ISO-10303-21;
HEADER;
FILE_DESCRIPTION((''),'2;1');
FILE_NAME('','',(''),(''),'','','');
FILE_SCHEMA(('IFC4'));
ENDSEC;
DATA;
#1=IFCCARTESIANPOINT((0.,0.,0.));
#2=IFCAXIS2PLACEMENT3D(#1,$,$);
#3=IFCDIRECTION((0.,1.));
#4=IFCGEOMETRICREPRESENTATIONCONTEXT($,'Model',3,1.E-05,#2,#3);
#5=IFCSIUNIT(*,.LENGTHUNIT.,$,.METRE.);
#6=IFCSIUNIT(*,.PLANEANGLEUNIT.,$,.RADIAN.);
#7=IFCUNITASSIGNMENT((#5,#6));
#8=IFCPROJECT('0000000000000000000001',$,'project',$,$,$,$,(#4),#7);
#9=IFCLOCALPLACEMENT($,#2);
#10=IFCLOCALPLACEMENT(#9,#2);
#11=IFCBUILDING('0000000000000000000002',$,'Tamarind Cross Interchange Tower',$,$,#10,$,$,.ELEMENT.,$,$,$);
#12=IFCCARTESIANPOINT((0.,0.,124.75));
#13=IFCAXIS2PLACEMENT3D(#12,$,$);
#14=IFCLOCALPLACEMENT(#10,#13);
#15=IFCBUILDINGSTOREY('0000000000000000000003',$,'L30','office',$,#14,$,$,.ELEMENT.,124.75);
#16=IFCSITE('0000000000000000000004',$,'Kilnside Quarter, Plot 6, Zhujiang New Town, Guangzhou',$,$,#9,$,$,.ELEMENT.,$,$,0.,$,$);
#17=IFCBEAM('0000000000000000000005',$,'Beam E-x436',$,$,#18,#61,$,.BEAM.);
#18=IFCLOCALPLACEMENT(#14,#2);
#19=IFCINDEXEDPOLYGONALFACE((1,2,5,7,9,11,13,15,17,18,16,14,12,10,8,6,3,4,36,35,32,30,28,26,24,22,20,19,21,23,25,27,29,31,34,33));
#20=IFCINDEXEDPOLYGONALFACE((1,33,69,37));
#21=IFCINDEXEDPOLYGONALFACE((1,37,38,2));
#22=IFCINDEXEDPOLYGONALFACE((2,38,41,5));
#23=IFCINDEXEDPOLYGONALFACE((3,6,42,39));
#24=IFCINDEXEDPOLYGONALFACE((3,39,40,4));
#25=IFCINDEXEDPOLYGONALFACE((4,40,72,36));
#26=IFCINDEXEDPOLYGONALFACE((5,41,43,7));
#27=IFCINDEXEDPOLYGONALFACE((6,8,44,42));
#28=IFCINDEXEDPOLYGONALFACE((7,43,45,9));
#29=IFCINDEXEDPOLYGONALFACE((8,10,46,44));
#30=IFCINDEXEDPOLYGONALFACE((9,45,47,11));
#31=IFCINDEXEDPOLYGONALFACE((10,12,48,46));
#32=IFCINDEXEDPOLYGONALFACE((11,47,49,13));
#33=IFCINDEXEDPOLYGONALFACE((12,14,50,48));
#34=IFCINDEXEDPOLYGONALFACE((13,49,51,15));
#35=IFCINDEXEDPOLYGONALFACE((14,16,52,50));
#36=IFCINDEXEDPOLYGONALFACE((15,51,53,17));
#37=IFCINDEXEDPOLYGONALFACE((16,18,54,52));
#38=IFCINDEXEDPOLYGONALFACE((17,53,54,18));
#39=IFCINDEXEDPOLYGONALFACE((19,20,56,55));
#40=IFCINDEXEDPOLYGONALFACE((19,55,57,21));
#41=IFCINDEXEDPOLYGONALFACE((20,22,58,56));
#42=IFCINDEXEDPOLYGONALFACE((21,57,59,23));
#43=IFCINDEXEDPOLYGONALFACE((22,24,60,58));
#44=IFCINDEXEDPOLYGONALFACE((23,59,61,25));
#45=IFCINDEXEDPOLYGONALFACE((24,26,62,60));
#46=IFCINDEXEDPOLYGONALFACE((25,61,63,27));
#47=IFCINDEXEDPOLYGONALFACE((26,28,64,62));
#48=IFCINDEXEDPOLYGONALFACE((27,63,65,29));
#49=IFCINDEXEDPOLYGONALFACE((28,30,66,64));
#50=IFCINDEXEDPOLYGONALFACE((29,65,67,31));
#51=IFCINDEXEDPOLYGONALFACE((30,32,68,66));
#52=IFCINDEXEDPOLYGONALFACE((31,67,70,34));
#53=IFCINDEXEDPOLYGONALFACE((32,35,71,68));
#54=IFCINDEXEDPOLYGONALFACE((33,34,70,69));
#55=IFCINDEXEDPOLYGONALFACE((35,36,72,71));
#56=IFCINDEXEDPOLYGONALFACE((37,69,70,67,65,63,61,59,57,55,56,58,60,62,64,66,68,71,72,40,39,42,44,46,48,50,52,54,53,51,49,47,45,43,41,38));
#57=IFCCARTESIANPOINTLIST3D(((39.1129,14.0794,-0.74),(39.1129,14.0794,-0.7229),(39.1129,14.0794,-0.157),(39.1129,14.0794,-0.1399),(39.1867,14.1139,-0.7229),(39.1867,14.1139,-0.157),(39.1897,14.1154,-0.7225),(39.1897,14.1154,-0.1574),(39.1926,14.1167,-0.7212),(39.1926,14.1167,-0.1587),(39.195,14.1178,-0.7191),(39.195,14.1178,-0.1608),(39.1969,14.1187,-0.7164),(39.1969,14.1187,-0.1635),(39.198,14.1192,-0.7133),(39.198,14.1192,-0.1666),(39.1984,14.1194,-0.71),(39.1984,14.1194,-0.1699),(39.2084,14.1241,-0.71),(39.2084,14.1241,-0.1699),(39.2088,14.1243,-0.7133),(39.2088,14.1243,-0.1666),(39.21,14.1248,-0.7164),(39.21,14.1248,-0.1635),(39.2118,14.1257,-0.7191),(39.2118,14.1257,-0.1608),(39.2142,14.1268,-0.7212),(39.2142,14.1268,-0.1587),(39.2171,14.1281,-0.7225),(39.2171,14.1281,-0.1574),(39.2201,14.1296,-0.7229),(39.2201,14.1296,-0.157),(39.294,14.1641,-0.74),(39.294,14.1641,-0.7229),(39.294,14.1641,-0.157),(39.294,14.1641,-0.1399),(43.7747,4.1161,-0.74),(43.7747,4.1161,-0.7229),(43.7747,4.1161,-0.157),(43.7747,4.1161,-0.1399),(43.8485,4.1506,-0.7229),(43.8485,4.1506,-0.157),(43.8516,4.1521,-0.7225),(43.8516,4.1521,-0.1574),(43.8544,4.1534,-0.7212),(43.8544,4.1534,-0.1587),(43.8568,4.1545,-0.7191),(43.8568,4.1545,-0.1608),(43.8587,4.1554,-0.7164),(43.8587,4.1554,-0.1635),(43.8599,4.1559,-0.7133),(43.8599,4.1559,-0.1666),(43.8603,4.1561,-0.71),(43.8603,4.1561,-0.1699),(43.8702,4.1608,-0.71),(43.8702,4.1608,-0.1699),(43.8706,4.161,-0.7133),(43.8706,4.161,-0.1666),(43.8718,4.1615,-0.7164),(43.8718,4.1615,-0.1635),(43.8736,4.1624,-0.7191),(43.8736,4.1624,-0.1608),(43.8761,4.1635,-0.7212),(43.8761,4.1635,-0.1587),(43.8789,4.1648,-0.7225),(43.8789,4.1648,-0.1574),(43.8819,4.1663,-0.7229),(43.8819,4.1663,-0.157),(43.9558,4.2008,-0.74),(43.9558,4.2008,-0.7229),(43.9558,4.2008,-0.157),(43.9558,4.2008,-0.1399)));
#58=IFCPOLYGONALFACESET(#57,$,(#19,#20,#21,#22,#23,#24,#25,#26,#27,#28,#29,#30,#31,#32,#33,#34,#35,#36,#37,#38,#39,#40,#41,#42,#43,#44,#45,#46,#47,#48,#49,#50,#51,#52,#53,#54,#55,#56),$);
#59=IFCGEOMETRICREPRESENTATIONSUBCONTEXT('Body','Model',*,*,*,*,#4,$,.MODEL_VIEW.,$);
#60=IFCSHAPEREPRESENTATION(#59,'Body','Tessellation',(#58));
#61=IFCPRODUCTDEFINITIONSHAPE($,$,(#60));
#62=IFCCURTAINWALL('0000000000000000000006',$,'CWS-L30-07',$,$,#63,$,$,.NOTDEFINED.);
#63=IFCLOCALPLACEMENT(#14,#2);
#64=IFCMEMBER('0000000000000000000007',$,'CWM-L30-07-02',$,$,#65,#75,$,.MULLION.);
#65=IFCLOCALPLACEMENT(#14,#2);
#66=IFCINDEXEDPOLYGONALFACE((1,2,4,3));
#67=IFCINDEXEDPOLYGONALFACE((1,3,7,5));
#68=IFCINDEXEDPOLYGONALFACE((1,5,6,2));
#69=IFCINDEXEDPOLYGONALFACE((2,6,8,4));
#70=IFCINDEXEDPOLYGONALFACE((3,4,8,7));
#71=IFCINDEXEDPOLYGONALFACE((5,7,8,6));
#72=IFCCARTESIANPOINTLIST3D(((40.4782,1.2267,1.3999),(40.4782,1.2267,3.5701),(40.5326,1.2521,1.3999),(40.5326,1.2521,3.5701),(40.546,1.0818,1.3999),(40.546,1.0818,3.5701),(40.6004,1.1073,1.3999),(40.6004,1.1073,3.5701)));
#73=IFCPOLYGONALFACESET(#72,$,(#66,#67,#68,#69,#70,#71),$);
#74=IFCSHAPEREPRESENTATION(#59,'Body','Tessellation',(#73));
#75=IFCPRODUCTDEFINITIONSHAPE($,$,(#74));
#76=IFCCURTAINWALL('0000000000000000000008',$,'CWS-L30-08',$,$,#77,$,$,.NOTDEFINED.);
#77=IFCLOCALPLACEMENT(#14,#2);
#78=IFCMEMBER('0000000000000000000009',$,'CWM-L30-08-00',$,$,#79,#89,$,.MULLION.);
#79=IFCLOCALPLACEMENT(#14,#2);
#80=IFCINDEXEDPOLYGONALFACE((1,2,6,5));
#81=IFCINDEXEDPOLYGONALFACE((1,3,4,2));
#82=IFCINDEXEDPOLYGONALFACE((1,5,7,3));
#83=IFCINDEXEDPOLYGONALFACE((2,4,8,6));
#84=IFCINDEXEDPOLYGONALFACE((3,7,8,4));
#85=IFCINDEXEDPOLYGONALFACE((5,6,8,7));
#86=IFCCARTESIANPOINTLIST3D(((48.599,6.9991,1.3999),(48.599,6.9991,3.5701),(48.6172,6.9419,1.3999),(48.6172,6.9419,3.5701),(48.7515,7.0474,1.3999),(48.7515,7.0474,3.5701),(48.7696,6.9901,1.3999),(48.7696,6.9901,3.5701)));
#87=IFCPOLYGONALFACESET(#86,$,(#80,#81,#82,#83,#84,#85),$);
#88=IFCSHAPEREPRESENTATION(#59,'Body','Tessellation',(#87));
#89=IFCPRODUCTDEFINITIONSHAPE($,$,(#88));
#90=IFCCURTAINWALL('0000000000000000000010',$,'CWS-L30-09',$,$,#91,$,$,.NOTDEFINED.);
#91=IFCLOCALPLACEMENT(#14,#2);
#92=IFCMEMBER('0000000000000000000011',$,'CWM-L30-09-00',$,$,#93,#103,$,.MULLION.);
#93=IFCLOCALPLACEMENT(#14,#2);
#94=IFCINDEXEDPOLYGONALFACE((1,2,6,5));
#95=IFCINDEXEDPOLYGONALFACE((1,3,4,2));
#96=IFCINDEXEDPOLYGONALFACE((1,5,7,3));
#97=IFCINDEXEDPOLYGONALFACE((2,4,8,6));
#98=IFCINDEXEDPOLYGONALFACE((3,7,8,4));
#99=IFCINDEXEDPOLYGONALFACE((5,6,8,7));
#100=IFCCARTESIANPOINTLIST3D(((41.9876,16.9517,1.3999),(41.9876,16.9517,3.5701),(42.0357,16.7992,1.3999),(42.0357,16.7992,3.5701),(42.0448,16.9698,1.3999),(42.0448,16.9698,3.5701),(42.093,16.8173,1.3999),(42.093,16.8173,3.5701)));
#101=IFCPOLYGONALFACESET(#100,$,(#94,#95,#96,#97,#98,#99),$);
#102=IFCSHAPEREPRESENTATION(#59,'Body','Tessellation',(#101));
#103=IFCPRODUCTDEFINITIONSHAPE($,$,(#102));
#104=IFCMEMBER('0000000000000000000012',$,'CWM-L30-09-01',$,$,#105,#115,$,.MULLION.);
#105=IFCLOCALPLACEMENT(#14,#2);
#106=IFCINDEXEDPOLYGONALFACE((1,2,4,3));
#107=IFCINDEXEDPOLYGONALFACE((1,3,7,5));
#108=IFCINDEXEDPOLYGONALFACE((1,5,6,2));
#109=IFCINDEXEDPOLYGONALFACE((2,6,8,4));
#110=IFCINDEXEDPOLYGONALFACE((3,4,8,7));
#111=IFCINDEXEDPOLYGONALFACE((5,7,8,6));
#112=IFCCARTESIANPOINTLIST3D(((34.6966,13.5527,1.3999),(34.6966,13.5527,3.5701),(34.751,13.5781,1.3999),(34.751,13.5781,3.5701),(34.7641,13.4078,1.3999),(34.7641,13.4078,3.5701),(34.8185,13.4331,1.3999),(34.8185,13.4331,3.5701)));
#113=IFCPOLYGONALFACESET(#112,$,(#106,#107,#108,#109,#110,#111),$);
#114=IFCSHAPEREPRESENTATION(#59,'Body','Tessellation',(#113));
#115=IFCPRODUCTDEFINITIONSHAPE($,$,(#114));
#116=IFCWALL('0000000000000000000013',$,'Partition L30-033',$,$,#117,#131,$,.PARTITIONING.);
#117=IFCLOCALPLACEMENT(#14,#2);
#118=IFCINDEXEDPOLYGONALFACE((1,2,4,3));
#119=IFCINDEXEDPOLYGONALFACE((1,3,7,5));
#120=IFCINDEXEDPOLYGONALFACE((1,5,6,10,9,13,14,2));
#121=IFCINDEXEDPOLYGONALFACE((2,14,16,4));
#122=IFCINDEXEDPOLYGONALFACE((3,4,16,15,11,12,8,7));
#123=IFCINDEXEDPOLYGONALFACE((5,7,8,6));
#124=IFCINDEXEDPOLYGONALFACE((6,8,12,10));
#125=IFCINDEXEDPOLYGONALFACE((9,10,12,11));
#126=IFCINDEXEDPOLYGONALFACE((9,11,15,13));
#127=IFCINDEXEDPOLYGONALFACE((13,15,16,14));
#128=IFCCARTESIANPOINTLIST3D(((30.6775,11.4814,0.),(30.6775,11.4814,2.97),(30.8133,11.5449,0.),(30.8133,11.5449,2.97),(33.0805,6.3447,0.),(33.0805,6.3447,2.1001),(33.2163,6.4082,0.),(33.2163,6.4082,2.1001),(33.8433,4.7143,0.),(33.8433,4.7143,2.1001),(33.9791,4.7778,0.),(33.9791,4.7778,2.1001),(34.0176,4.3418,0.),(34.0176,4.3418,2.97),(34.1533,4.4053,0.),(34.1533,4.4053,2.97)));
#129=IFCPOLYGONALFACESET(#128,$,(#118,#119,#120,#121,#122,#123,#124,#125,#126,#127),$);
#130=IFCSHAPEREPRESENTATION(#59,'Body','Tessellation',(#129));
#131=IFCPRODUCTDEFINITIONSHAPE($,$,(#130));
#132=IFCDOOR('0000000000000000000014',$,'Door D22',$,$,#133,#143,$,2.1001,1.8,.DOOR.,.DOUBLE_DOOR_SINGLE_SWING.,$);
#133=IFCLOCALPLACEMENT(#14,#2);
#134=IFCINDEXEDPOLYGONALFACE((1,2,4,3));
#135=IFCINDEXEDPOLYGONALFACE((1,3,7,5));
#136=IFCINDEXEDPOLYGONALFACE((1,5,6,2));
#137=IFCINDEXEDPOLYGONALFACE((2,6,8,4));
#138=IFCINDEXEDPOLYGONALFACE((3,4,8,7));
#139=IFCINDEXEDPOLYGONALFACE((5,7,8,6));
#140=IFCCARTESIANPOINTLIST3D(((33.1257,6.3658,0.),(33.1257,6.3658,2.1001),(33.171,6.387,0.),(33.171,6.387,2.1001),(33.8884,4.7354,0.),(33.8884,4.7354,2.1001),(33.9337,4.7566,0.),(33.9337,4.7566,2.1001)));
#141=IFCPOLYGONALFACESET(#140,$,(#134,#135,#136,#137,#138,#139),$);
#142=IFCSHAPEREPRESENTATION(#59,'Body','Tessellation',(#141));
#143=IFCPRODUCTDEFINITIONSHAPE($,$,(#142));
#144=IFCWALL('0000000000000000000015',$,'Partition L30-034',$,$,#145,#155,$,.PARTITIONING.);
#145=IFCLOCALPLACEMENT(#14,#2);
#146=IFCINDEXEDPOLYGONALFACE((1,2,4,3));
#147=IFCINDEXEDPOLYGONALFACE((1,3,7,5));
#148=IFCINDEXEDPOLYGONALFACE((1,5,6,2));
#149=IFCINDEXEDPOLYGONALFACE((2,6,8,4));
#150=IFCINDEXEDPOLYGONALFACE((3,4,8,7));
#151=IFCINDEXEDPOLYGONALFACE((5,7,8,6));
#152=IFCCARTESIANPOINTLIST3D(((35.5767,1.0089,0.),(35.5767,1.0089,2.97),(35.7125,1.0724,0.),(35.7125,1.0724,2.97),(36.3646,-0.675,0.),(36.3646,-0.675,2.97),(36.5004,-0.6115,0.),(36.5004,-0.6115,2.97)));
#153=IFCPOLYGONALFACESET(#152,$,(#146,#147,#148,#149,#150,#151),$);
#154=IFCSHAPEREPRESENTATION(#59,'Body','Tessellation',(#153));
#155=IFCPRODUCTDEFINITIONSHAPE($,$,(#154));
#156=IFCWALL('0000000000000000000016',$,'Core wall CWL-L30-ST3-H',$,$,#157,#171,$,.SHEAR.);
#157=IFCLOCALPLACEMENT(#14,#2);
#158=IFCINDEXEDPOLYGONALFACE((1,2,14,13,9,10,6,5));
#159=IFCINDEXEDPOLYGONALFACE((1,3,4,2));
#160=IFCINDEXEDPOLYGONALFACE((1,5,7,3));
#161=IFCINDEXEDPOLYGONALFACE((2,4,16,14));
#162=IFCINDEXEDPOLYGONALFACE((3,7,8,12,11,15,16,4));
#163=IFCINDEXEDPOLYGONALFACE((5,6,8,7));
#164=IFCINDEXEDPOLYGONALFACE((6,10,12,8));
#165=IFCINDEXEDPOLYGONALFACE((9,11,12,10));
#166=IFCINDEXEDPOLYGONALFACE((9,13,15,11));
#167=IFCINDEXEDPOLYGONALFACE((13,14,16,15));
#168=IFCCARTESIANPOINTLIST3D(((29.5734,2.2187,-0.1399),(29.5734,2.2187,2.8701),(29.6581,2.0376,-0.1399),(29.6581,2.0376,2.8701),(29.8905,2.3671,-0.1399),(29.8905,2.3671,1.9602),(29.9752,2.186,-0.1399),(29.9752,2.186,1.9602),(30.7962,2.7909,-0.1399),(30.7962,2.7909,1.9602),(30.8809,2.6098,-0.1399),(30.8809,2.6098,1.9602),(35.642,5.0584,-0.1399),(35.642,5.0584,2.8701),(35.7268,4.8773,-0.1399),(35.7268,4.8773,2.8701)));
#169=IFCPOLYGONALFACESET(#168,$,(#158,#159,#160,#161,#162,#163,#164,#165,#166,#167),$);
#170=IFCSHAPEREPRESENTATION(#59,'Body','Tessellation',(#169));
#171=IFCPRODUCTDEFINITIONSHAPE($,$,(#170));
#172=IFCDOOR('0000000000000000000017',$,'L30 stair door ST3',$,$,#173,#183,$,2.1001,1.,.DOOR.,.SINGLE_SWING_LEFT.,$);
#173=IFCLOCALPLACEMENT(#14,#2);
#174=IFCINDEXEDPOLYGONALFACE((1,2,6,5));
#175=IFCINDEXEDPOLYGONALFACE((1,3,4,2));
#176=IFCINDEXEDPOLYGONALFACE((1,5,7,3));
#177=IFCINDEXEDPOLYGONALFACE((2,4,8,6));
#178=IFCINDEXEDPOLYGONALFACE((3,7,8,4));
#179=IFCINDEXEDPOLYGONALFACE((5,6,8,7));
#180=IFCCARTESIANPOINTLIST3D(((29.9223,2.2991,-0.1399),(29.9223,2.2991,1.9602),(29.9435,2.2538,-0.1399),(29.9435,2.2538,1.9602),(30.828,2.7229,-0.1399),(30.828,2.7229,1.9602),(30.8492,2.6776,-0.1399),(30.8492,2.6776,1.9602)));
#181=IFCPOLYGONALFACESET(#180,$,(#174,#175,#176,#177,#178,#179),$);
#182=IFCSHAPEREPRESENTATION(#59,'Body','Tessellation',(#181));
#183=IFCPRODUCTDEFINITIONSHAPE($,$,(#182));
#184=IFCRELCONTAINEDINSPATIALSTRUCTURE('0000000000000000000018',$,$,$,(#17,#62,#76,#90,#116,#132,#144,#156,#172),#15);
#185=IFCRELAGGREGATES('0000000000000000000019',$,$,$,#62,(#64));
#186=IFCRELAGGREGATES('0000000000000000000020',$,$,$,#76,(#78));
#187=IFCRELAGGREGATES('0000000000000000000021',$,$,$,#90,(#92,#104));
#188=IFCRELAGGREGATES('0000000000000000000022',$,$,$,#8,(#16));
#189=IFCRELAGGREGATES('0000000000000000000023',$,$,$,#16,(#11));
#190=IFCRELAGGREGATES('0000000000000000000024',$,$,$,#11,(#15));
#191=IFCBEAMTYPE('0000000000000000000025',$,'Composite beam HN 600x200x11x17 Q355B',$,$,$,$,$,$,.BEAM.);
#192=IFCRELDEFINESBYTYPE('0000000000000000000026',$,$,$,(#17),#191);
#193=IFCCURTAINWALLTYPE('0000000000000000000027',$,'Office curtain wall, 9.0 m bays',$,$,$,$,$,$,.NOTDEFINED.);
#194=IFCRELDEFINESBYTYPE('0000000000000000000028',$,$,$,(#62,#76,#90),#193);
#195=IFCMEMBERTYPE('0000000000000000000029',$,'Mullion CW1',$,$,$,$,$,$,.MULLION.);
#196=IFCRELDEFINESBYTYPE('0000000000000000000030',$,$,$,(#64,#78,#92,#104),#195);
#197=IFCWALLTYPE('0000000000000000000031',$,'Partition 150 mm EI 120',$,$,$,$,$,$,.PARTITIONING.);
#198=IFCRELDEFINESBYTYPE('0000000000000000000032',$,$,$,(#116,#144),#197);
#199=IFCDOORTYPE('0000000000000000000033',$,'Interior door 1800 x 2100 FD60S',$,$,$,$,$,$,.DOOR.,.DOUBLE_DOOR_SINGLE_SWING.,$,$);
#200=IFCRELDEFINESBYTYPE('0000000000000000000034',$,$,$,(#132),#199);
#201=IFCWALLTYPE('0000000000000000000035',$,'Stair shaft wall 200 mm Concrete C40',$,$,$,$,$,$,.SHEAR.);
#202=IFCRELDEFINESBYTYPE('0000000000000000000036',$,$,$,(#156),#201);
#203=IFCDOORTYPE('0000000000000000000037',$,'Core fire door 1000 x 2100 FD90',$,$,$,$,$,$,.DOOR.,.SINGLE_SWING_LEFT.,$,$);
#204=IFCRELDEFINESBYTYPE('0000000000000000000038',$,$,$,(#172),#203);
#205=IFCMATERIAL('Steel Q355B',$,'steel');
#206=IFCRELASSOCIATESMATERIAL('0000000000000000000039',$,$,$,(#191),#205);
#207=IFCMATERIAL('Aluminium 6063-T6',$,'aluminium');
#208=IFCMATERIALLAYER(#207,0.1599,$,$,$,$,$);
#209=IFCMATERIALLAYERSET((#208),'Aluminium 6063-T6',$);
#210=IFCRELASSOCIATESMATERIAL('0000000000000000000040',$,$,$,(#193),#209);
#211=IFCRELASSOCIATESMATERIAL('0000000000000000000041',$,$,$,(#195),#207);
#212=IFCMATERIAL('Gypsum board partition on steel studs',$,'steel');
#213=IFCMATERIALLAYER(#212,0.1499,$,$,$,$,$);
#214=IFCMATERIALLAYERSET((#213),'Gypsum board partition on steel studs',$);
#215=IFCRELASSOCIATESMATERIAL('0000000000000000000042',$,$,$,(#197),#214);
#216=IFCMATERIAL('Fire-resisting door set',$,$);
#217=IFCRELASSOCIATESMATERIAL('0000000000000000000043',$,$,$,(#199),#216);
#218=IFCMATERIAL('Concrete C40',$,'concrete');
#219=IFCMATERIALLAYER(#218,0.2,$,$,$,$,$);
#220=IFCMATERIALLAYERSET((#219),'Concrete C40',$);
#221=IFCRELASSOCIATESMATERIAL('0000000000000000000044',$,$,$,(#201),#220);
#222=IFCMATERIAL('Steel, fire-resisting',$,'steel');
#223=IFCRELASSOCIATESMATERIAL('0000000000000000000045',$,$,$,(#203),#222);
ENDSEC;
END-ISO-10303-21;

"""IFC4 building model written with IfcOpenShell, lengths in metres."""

from ifc_helpers import new_model, si_unit, direction, frame, frame_2d, origin, origin_2d, place, context, subcontext, project, spatial, rectangle, i_section, extrude, material, layer, layer_set, material_profile, profile_set, type_object, element, fill, aggregate, save


model = new_model("IFC4")

# Units and contexts
model_context = context("Model", 3, precision=1e-05, world=origin(), true_north=direction((0.0, 1.0)))
body_context = subcontext(model_context, "Body", "Model", "MODEL_VIEW")
ifc_project = project(units=[si_unit("LENGTHUNIT", "METRE"), si_unit("PLANEANGLEUNIT", "RADIAN")], contexts=[model_context])

# Site, building, storey
site_placement = place(None, origin())
site = spatial("IfcSite", under=ifc_project, at=site_placement, Name="Kilnside Quarter, Plot 6, Zhujiang New Town, Guangzhou", CompositionType="ELEMENT", RefElevation=0.0)
building_placement = place(site_placement, origin())
building = spatial("IfcBuilding", under=site, at=building_placement, Name="Tamarind Cross Interchange Tower", CompositionType="ELEMENT")
storey_placement = place(building_placement, frame((0.0, 0.0, 124.75)))
storey = spatial("IfcBuildingStorey", under=building, at=storey_placement, Name="L30", Description="office", CompositionType="ELEMENT", Elevation=124.75)

# Beam
ifc_material_1 = material(Name="Steel Q355B", Category="steel")
ifc_material_profile_1 = material_profile(ifc_material_1, i_section(OverallWidth=0.2, OverallDepth=0.6001, WebThickness=0.011, FlangeThickness=0.0171, FilletRadius=0.0129, at=origin_2d()), Name="HN 600x200x11x17")
ifc_profile_set_1 = profile_set([ifc_material_profile_1], Name="Steel Q355B")
beam_type_1 = type_object("IfcBeamType", Name="Composite beam HN 600x200x11x17 Q355B", PredefinedType="BEAM", material=ifc_profile_set_1)
beam_1_placement = place(storey_placement, frame((43.8652, 4.1584, -0.4399), z_axis=(-0.423803, 0.905755, 0.0), x_axis=(-0.905755, -0.423803, 0.0)))
element("IfcBeam", 1, at=beam_1_placement, inside=storey, type_object=beam_type_1, Name="Beam E-x436", PredefinedType="BEAM", context=body_context, shape_type="SweptSolid", body=[
    extrude(i_section(OverallWidth=0.2, OverallDepth=0.6001, WebThickness=0.011, FlangeThickness=0.0171, FilletRadius=0.0129, at=origin_2d()), origin(), (0.0, 0.0, 1.0), 11.0),
])

# Curtain walls, members
ifc_material_2 = material(Name="Aluminium 6063-T6", Category="aluminium")
ifc_layer_1 = layer(ifc_material_2, 0.1599)
ifc_layer_set_1 = layer_set([ifc_layer_1], Name="Aluminium 6063-T6")
curtain_wall_type = type_object("IfcCurtainWallType", Name="Office curtain wall, 9.0 m bays", PredefinedType="NOTDEFINED", material=ifc_layer_set_1)
curtain_wall_1_placement = place(storey_placement, origin())
curtain_wall_1 = element("IfcCurtainWall", 2, at=curtain_wall_1_placement, inside=storey, type_object=curtain_wall_type, Name="CWS-L30-07", PredefinedType="NOTDEFINED")
ifc_material_profile_2 = material_profile(ifc_material_2, rectangle(XDim=0.0601, YDim=0.1599, at=origin_2d()), Name="Mullion CW1")
ifc_profile_set_2 = profile_set([ifc_material_profile_2], Name="Aluminium 6063-T6")
member_type = type_object("IfcMemberType", Name="Mullion CW1", PredefinedType="MULLION", material=ifc_profile_set_2)
member_1_placement = place(storey_placement, frame((40.5393, 1.167, 1.3999), z_axis=(0.0, 0.0, 1.0), x_axis=(0.905752, 0.423807, 0.0)))
member_1 = element("IfcMember", 3, at=member_1_placement, type_object=member_type, Name="CWM-L30-07-02", PredefinedType="MULLION", context=body_context, shape_type="SweptSolid", body=[
    extrude(rectangle(XDim=0.0601, YDim=0.1599, at=origin_2d()), origin(), (0.0, 0.0, 1.0), 2.1702),
])
aggregate(curtain_wall_1, [member_1])
curtain_wall_2_placement = place(storey_placement, origin())
curtain_wall_2 = element("IfcCurtainWall", 4, at=curtain_wall_2_placement, inside=storey, type_object=curtain_wall_type, Name="CWS-L30-08", PredefinedType="NOTDEFINED")
member_2_placement = place(storey_placement, frame((48.6843, 6.9946, 1.3999), z_axis=(0.0, 0.0, 1.0), x_axis=(-0.301957, 0.953321, 0.0)))
member_2 = element("IfcMember", 5, at=member_2_placement, type_object=member_type, Name="CWM-L30-08-00", PredefinedType="MULLION", context=body_context, shape_type="SweptSolid", body=[
    extrude(rectangle(XDim=0.0601, YDim=0.1599, at=origin_2d()), origin(), (0.0, 0.0, 1.0), 2.1702),
])
aggregate(curtain_wall_2, [member_2])

# Curtain wall, members
curtain_wall_3_placement = place(storey_placement, origin())
curtain_wall_3 = element("IfcCurtainWall", 6, at=curtain_wall_3_placement, inside=storey, type_object=curtain_wall_type, Name="CWS-L30-09", PredefinedType="NOTDEFINED")
member_3_placement = place(storey_placement, frame((42.0403, 16.8845, 1.3999), z_axis=(0.0, 0.0, 1.0), x_axis=(-0.953593, -0.301098, 0.0)))
member_3 = element("IfcMember", 7, at=member_3_placement, type_object=member_type, Name="CWM-L30-09-00", PredefinedType="MULLION", context=body_context, shape_type="SweptSolid", body=[
    extrude(rectangle(XDim=0.0601, YDim=0.1599, at=origin_2d()), origin(), (0.0, 0.0, 1.0), 2.1702),
])
member_4_placement = place(storey_placement, frame((34.7576, 13.4929, 1.3999), z_axis=(0.0, 0.0, 1.0), x_axis=(-0.906515, -0.422174, 0.0)))
member_4 = element("IfcMember", 8, at=member_4_placement, type_object=member_type, Name="CWM-L30-09-01", PredefinedType="MULLION", context=body_context, shape_type="SweptSolid", body=[
    extrude(rectangle(XDim=0.0601, YDim=0.1599, at=origin_2d()), origin(), (0.0, 0.0, 1.0), 2.1702),
])
aggregate(curtain_wall_3, [member_3, member_4])

# Wall, opening, door
ifc_material_3 = material(Name="Gypsum board partition on steel studs", Category="steel")
ifc_layer_2 = layer(ifc_material_3, 0.1499)
ifc_layer_set_2 = layer_set([ifc_layer_2], Name="Gypsum board partition on steel studs")
wall_type_1 = type_object("IfcWallType", Name="Partition 150 mm EI 120", PredefinedType="PARTITIONING", material=ifc_layer_set_2)
wall_1_placement = place(storey_placement, frame((30.7454, 11.5132, 0.0), z_axis=(0.0, 0.0, 1.0), x_axis=(0.423745, -0.905782, 0.0)))
wall_1 = element("IfcWall", 9, at=wall_1_placement, inside=storey, type_object=wall_type_1, Name="Partition L30-033", PredefinedType="PARTITIONING", context=body_context, shape_type="SweptSolid", body=[
    extrude(rectangle(XDim=7.8823, YDim=0.1499, at=frame_2d((3.9412, 0.0))), origin(), (0.0, 0.0, 1.0), 2.97),
])
opening_1_placement = place(wall_1_placement, frame((5.6711, 0.0, 0.0)))
opening_1 = element("IfcOpeningElement", 10, at=opening_1_placement, cuts=wall_1, PredefinedType="OPENING", context=body_context, shape_type="SweptSolid", body=[
    extrude(rectangle(XDim=1.8, YDim=2.1001, at=frame_2d((0.8999, 1.05))), frame((0.0, 0.085, 0.0), z_axis=(0.0, -1.0, 0.0), x_axis=(1.0, 0.0, 0.0)), (0.0, 0.0, 1.0), 0.1699),
])
ifc_material_4 = material(Name="Fire-resisting door set")
door_type_1 = type_object("IfcDoorType", Name="Interior door 1800 x 2100 FD60S", OperationType="DOUBLE_DOOR_SINGLE_SWING", PredefinedType="DOOR", material=ifc_material_4)
door_1_placement = place(opening_1_placement, origin())
door_1 = element("IfcDoor", 11, at=door_1_placement, inside=storey, type_object=door_type_1, Name="Door D22", OperationType="DOUBLE_DOOR_SINGLE_SWING", OverallHeight=2.1001, OverallWidth=1.8, PredefinedType="DOOR", context=body_context, shape_type="SweptSolid", body=[
    extrude(rectangle(XDim=1.8, YDim=2.1001, at=frame_2d((0.8999, 1.05))), frame((0.0, 0.0249, 0.0), z_axis=(0.0, -1.0, 0.0), x_axis=(1.0, 0.0, 0.0)), (0.0, 0.0, 1.0), 0.05),
])
fill(opening_1, door_1)

# Wall
wall_2_placement = place(storey_placement, frame((35.6445, 1.0408, 0.0), z_axis=(0.0, 0.0, 1.0), x_axis=(0.423791, -0.90576, 0.0)))
element("IfcWall", 12, at=wall_2_placement, inside=storey, type_object=wall_type_1, Name="Partition L30-034", PredefinedType="PARTITIONING", context=body_context, shape_type="SweptSolid", body=[
    extrude(rectangle(XDim=1.8591, YDim=0.1499, at=frame_2d((0.9297, 0.0))), origin(), (0.0, 0.0, 1.0), 2.97),
])

# Wall, opening, door
ifc_material_5 = material(Name="Concrete C40", Category="concrete")
ifc_layer_3 = layer(ifc_material_5, 0.2)
ifc_layer_set_3 = layer_set([ifc_layer_3], Name="Concrete C40")
wall_type_2 = type_object("IfcWallType", Name="Stair shaft wall 200 mm Concrete C40", PredefinedType="SHEAR", material=ifc_layer_set_3)
wall_3_placement = place(storey_placement, frame((29.6157, 2.1282, -0.1399), z_axis=(0.0, 0.0, 1.0), x_axis=(0.905749, 0.423815, 0.0)))
wall_3 = element("IfcWall", 13, at=wall_3_placement, inside=storey, type_object=wall_type_2, Name="Core wall CWL-L30-ST3-H", PredefinedType="SHEAR", context=body_context, shape_type="SweptSolid", body=[
    extrude(rectangle(XDim=6.7002, YDim=0.2, at=frame_2d((3.3501, 0.0))), origin(), (0.0, 0.0, 1.0), 3.01),
])
opening_2_placement = place(wall_3_placement, frame((0.3501, 0.0, 0.0)))
opening_2 = element("IfcOpeningElement", 14, at=opening_2_placement, cuts=wall_3, PredefinedType="OPENING", context=body_context, shape_type="SweptSolid", body=[
    extrude(rectangle(XDim=1.0, YDim=2.1001, at=frame_2d((0.5, 1.05))), frame((0.0, 0.1099, 0.0), z_axis=(0.0, -1.0, 0.0), x_axis=(1.0, 0.0, 0.0)), (0.0, 0.0, 1.0), 0.22),
])
ifc_material_6 = material(Name="Steel, fire-resisting", Category="steel")
door_type_2 = type_object("IfcDoorType", Name="Core fire door 1000 x 2100 FD90", OperationType="SINGLE_SWING_LEFT", PredefinedType="DOOR", material=ifc_material_6)
door_2_placement = place(opening_2_placement, origin())
door_2 = element("IfcDoor", 15, at=door_2_placement, inside=storey, type_object=door_type_2, Name="L30 stair door ST3", OperationType="SINGLE_SWING_LEFT", OverallHeight=2.1001, OverallWidth=1.0, PredefinedType="DOOR", context=body_context, shape_type="SweptSolid", body=[
    extrude(rectangle(XDim=1.0, YDim=2.1001, at=frame_2d((0.5, 1.05))), frame((0.0, 0.0249, 0.0), z_axis=(0.0, -1.0, 0.0), x_axis=(1.0, 0.0, 0.0)), (0.0, 0.0, 1.0), 0.05),
])
fill(opening_2, door_2)

save(model, "model.ifc")
